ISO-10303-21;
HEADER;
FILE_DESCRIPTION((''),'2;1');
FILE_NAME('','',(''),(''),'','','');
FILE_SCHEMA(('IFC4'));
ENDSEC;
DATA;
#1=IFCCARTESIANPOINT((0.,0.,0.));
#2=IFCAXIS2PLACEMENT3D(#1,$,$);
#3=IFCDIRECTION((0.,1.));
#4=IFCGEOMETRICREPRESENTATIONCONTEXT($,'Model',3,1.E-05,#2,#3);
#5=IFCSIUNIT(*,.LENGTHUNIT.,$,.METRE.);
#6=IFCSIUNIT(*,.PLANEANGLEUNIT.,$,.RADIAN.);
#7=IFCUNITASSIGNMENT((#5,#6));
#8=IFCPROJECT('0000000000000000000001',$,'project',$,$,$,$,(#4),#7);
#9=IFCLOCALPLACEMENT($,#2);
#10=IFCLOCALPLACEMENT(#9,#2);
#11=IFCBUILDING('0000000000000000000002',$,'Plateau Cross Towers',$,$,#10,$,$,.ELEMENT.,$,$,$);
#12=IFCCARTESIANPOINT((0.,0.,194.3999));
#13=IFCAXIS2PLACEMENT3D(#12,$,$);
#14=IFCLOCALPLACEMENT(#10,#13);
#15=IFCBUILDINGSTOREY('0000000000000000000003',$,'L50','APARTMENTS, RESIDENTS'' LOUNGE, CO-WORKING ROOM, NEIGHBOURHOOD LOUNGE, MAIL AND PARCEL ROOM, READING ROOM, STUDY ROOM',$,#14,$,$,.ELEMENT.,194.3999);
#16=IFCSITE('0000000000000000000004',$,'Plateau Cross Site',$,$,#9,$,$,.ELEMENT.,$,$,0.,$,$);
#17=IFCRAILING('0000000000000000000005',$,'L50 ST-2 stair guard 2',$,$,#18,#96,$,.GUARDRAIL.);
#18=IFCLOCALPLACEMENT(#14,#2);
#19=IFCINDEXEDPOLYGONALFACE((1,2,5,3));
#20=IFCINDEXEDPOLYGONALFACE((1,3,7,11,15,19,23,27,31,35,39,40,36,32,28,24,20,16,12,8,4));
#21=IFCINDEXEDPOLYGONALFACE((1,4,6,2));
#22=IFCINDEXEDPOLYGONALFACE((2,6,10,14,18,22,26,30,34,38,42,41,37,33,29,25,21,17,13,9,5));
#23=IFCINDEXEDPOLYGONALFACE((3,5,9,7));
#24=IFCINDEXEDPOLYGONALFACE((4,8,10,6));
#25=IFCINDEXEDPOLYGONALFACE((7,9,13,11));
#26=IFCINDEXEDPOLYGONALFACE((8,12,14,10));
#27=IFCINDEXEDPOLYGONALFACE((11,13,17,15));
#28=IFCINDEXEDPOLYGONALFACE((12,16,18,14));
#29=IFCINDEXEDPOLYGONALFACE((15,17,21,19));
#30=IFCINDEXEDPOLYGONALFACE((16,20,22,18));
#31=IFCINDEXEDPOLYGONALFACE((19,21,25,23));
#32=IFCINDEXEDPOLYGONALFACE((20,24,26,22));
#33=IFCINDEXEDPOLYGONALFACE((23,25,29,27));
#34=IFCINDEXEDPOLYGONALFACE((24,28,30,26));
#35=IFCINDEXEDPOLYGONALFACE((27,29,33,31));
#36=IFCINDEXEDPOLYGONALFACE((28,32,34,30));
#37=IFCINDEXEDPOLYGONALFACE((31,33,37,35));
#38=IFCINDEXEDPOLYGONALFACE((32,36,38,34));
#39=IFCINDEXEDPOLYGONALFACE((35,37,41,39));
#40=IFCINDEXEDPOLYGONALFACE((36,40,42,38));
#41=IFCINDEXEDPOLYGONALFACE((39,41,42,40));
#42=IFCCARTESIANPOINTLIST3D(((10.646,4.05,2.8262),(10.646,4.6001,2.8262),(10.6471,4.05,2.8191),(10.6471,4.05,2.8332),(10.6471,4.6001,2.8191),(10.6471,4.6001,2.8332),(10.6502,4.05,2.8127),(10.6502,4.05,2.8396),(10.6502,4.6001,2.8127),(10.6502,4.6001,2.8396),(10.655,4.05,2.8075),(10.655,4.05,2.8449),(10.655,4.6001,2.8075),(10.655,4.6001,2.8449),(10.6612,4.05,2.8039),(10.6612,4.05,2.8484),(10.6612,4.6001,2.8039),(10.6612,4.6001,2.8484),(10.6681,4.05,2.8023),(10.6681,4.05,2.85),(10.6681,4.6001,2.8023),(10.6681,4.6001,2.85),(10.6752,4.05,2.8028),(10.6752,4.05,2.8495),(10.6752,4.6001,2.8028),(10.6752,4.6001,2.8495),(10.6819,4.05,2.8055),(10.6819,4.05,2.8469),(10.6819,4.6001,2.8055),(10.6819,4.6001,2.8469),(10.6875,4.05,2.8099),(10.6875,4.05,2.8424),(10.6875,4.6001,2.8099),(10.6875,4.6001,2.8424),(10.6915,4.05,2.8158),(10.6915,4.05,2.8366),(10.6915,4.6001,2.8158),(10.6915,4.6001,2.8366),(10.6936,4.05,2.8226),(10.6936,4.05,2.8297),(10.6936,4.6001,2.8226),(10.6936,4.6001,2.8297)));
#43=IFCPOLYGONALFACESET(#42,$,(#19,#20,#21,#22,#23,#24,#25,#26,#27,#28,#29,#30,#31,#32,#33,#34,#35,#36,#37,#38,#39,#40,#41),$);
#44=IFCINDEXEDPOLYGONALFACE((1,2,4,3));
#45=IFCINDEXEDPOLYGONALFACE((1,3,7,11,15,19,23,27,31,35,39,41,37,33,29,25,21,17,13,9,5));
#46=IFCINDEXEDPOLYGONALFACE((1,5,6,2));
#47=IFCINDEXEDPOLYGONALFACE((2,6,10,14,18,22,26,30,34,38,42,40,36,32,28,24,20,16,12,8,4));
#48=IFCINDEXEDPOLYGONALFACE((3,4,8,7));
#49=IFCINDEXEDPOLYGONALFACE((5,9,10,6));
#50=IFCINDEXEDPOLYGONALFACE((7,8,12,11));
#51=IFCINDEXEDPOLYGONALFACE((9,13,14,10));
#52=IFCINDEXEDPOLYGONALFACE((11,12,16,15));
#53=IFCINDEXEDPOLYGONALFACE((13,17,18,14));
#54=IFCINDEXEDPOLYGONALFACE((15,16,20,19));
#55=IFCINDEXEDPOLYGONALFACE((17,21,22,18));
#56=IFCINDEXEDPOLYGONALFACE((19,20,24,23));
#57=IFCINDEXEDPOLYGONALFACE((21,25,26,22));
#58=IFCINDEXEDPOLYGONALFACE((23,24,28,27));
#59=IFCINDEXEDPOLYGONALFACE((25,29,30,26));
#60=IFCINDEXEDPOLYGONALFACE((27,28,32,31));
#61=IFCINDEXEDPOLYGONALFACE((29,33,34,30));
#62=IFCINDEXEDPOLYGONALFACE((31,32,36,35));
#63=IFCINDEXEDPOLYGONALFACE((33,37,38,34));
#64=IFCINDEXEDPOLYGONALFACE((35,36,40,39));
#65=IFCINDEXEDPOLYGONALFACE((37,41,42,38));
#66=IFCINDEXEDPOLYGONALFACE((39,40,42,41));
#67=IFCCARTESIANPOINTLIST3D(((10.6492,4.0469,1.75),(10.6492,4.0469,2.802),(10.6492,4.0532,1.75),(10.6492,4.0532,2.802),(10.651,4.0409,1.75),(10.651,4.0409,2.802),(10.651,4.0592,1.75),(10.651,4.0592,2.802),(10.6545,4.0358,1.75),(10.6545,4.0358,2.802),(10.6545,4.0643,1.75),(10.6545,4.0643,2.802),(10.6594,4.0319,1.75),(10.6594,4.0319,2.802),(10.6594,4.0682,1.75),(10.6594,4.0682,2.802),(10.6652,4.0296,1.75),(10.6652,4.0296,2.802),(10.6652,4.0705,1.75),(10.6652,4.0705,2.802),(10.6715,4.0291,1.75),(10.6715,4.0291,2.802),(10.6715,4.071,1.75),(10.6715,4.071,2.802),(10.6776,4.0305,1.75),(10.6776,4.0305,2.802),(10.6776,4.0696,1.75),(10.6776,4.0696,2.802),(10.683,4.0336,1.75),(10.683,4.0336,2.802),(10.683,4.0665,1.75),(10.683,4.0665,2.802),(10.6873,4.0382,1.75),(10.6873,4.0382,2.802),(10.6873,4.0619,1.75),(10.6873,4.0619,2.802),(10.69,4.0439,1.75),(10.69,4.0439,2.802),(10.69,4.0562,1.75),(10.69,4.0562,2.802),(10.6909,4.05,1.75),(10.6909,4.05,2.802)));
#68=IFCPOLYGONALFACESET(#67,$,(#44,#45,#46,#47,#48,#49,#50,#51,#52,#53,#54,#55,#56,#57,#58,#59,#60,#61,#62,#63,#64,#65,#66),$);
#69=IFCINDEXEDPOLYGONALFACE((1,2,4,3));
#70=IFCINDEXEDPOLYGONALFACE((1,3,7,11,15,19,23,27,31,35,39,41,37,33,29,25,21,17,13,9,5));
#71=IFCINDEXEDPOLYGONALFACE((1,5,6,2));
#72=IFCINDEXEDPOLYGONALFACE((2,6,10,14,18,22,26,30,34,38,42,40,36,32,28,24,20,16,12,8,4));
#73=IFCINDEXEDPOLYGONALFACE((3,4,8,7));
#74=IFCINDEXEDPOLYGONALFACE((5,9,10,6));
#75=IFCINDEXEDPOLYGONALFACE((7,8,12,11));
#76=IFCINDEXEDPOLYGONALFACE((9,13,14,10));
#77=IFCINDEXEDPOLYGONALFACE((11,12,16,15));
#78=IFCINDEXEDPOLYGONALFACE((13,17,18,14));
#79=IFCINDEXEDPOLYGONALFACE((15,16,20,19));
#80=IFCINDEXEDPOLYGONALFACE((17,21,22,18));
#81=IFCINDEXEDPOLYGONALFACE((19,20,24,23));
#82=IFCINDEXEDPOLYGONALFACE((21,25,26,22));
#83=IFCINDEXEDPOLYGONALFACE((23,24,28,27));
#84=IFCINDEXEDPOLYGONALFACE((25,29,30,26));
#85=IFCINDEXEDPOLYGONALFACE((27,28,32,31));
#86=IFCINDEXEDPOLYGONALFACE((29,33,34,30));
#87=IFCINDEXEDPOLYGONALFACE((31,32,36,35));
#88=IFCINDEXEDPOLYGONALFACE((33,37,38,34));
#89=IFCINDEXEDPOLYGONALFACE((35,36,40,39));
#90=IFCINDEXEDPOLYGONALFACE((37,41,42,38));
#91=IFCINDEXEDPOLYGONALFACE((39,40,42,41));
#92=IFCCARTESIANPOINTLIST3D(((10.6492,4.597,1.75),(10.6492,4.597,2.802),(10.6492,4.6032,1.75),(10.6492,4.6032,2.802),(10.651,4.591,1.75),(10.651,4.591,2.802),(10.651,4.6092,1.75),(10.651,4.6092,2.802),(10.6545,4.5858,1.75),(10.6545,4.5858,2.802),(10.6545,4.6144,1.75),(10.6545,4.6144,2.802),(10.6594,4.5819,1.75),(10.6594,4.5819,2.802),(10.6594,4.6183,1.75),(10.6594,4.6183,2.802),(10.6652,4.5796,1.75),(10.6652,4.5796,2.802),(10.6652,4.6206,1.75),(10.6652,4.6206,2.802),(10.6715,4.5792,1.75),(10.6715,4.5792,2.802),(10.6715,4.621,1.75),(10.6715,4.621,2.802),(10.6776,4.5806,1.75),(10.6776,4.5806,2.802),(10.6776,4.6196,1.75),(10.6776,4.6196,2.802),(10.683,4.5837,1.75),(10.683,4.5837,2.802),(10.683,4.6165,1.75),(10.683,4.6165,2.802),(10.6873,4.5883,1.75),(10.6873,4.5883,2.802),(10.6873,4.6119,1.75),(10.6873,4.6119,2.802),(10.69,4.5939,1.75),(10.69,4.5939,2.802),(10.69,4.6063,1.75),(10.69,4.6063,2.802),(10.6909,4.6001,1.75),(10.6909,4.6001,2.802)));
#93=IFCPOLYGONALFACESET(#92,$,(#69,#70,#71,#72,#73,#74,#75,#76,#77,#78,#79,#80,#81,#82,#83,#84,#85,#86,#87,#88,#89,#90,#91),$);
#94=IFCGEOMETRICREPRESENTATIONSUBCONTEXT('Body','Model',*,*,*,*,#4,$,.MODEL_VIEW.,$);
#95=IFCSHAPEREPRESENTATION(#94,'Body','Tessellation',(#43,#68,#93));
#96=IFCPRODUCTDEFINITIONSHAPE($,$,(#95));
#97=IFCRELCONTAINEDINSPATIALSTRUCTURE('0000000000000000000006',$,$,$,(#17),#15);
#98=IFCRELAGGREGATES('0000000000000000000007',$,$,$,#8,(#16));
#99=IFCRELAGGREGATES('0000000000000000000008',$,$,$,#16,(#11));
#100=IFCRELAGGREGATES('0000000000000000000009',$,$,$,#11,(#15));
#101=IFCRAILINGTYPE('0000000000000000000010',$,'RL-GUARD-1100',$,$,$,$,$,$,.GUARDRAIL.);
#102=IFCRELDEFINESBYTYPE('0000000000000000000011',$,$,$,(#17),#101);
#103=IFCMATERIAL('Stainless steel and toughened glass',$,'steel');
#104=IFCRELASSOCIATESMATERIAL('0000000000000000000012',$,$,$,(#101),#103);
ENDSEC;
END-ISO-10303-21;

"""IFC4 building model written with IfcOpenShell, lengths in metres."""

from ifc_helpers import new_model, si_unit, direction, frame, origin, origin_2d, place, context, subcontext, project, spatial, circle, extrude, material, type_object, element, save


model = new_model("IFC4")

# Units and contexts
model_context = context("Model", 3, precision=1e-05, world=origin(), true_north=direction((0.0, 1.0)))
body_context = subcontext(model_context, "Body", "Model", "MODEL_VIEW")
ifc_project = project(units=[si_unit("LENGTHUNIT", "METRE"), si_unit("PLANEANGLEUNIT", "RADIAN")], contexts=[model_context])

# Site, building, storey
site_placement = place(None, origin())
site = spatial("IfcSite", under=ifc_project, at=site_placement, Name="Plateau Cross Site", CompositionType="ELEMENT", RefElevation=0.0)
building_placement = place(site_placement, origin())
building = spatial("IfcBuilding", under=site, at=building_placement, Name="Plateau Cross Towers", CompositionType="ELEMENT")
storey_placement = place(building_placement, frame((0.0, 0.0, 194.3999)))
storey = spatial("IfcBuildingStorey", under=building, at=storey_placement, Name="L50", Description="APARTMENTS, RESIDENTS' LOUNGE, CO-WORKING ROOM, NEIGHBOURHOOD LOUNGE, MAIL AND PARCEL ROOM, READING ROOM, STUDY ROOM", CompositionType="ELEMENT", Elevation=194.3999)

# Railing
ifc_material_1 = material(Name="Stainless steel and toughened glass", Category="steel")
railing_type_1 = type_object("IfcRailingType", Name="RL-GUARD-1100", PredefinedType="GUARDRAIL", material=ifc_material_1)
railing_1_placement = place(storey_placement, frame((10.6699, 4.05, 1.75)))
element("IfcRailing", 1, at=railing_1_placement, inside=storey, type_object=railing_type_1, Name="L50 ST-2 stair guard 2", PredefinedType="GUARDRAIL", context=body_context, shape_type="SweptSolid", body=[
    extrude(circle(Radius=0.0239, at=origin_2d()), frame((0.0, 0.0, 1.0762), z_axis=(0.0, 1.0, 0.0), x_axis=(-1.0, 0.0, 0.0)), (0.0, 0.0, 1.0), 0.55),
    extrude(circle(Radius=0.021, at=origin_2d()), origin(), (0.0, 0.0, 1.0), 1.052),
    extrude(circle(Radius=0.021, at=origin_2d()), frame((0.0, 0.55, 0.0)), (0.0, 0.0, 1.0), 1.052),
])

save(model, "model.ifc")
